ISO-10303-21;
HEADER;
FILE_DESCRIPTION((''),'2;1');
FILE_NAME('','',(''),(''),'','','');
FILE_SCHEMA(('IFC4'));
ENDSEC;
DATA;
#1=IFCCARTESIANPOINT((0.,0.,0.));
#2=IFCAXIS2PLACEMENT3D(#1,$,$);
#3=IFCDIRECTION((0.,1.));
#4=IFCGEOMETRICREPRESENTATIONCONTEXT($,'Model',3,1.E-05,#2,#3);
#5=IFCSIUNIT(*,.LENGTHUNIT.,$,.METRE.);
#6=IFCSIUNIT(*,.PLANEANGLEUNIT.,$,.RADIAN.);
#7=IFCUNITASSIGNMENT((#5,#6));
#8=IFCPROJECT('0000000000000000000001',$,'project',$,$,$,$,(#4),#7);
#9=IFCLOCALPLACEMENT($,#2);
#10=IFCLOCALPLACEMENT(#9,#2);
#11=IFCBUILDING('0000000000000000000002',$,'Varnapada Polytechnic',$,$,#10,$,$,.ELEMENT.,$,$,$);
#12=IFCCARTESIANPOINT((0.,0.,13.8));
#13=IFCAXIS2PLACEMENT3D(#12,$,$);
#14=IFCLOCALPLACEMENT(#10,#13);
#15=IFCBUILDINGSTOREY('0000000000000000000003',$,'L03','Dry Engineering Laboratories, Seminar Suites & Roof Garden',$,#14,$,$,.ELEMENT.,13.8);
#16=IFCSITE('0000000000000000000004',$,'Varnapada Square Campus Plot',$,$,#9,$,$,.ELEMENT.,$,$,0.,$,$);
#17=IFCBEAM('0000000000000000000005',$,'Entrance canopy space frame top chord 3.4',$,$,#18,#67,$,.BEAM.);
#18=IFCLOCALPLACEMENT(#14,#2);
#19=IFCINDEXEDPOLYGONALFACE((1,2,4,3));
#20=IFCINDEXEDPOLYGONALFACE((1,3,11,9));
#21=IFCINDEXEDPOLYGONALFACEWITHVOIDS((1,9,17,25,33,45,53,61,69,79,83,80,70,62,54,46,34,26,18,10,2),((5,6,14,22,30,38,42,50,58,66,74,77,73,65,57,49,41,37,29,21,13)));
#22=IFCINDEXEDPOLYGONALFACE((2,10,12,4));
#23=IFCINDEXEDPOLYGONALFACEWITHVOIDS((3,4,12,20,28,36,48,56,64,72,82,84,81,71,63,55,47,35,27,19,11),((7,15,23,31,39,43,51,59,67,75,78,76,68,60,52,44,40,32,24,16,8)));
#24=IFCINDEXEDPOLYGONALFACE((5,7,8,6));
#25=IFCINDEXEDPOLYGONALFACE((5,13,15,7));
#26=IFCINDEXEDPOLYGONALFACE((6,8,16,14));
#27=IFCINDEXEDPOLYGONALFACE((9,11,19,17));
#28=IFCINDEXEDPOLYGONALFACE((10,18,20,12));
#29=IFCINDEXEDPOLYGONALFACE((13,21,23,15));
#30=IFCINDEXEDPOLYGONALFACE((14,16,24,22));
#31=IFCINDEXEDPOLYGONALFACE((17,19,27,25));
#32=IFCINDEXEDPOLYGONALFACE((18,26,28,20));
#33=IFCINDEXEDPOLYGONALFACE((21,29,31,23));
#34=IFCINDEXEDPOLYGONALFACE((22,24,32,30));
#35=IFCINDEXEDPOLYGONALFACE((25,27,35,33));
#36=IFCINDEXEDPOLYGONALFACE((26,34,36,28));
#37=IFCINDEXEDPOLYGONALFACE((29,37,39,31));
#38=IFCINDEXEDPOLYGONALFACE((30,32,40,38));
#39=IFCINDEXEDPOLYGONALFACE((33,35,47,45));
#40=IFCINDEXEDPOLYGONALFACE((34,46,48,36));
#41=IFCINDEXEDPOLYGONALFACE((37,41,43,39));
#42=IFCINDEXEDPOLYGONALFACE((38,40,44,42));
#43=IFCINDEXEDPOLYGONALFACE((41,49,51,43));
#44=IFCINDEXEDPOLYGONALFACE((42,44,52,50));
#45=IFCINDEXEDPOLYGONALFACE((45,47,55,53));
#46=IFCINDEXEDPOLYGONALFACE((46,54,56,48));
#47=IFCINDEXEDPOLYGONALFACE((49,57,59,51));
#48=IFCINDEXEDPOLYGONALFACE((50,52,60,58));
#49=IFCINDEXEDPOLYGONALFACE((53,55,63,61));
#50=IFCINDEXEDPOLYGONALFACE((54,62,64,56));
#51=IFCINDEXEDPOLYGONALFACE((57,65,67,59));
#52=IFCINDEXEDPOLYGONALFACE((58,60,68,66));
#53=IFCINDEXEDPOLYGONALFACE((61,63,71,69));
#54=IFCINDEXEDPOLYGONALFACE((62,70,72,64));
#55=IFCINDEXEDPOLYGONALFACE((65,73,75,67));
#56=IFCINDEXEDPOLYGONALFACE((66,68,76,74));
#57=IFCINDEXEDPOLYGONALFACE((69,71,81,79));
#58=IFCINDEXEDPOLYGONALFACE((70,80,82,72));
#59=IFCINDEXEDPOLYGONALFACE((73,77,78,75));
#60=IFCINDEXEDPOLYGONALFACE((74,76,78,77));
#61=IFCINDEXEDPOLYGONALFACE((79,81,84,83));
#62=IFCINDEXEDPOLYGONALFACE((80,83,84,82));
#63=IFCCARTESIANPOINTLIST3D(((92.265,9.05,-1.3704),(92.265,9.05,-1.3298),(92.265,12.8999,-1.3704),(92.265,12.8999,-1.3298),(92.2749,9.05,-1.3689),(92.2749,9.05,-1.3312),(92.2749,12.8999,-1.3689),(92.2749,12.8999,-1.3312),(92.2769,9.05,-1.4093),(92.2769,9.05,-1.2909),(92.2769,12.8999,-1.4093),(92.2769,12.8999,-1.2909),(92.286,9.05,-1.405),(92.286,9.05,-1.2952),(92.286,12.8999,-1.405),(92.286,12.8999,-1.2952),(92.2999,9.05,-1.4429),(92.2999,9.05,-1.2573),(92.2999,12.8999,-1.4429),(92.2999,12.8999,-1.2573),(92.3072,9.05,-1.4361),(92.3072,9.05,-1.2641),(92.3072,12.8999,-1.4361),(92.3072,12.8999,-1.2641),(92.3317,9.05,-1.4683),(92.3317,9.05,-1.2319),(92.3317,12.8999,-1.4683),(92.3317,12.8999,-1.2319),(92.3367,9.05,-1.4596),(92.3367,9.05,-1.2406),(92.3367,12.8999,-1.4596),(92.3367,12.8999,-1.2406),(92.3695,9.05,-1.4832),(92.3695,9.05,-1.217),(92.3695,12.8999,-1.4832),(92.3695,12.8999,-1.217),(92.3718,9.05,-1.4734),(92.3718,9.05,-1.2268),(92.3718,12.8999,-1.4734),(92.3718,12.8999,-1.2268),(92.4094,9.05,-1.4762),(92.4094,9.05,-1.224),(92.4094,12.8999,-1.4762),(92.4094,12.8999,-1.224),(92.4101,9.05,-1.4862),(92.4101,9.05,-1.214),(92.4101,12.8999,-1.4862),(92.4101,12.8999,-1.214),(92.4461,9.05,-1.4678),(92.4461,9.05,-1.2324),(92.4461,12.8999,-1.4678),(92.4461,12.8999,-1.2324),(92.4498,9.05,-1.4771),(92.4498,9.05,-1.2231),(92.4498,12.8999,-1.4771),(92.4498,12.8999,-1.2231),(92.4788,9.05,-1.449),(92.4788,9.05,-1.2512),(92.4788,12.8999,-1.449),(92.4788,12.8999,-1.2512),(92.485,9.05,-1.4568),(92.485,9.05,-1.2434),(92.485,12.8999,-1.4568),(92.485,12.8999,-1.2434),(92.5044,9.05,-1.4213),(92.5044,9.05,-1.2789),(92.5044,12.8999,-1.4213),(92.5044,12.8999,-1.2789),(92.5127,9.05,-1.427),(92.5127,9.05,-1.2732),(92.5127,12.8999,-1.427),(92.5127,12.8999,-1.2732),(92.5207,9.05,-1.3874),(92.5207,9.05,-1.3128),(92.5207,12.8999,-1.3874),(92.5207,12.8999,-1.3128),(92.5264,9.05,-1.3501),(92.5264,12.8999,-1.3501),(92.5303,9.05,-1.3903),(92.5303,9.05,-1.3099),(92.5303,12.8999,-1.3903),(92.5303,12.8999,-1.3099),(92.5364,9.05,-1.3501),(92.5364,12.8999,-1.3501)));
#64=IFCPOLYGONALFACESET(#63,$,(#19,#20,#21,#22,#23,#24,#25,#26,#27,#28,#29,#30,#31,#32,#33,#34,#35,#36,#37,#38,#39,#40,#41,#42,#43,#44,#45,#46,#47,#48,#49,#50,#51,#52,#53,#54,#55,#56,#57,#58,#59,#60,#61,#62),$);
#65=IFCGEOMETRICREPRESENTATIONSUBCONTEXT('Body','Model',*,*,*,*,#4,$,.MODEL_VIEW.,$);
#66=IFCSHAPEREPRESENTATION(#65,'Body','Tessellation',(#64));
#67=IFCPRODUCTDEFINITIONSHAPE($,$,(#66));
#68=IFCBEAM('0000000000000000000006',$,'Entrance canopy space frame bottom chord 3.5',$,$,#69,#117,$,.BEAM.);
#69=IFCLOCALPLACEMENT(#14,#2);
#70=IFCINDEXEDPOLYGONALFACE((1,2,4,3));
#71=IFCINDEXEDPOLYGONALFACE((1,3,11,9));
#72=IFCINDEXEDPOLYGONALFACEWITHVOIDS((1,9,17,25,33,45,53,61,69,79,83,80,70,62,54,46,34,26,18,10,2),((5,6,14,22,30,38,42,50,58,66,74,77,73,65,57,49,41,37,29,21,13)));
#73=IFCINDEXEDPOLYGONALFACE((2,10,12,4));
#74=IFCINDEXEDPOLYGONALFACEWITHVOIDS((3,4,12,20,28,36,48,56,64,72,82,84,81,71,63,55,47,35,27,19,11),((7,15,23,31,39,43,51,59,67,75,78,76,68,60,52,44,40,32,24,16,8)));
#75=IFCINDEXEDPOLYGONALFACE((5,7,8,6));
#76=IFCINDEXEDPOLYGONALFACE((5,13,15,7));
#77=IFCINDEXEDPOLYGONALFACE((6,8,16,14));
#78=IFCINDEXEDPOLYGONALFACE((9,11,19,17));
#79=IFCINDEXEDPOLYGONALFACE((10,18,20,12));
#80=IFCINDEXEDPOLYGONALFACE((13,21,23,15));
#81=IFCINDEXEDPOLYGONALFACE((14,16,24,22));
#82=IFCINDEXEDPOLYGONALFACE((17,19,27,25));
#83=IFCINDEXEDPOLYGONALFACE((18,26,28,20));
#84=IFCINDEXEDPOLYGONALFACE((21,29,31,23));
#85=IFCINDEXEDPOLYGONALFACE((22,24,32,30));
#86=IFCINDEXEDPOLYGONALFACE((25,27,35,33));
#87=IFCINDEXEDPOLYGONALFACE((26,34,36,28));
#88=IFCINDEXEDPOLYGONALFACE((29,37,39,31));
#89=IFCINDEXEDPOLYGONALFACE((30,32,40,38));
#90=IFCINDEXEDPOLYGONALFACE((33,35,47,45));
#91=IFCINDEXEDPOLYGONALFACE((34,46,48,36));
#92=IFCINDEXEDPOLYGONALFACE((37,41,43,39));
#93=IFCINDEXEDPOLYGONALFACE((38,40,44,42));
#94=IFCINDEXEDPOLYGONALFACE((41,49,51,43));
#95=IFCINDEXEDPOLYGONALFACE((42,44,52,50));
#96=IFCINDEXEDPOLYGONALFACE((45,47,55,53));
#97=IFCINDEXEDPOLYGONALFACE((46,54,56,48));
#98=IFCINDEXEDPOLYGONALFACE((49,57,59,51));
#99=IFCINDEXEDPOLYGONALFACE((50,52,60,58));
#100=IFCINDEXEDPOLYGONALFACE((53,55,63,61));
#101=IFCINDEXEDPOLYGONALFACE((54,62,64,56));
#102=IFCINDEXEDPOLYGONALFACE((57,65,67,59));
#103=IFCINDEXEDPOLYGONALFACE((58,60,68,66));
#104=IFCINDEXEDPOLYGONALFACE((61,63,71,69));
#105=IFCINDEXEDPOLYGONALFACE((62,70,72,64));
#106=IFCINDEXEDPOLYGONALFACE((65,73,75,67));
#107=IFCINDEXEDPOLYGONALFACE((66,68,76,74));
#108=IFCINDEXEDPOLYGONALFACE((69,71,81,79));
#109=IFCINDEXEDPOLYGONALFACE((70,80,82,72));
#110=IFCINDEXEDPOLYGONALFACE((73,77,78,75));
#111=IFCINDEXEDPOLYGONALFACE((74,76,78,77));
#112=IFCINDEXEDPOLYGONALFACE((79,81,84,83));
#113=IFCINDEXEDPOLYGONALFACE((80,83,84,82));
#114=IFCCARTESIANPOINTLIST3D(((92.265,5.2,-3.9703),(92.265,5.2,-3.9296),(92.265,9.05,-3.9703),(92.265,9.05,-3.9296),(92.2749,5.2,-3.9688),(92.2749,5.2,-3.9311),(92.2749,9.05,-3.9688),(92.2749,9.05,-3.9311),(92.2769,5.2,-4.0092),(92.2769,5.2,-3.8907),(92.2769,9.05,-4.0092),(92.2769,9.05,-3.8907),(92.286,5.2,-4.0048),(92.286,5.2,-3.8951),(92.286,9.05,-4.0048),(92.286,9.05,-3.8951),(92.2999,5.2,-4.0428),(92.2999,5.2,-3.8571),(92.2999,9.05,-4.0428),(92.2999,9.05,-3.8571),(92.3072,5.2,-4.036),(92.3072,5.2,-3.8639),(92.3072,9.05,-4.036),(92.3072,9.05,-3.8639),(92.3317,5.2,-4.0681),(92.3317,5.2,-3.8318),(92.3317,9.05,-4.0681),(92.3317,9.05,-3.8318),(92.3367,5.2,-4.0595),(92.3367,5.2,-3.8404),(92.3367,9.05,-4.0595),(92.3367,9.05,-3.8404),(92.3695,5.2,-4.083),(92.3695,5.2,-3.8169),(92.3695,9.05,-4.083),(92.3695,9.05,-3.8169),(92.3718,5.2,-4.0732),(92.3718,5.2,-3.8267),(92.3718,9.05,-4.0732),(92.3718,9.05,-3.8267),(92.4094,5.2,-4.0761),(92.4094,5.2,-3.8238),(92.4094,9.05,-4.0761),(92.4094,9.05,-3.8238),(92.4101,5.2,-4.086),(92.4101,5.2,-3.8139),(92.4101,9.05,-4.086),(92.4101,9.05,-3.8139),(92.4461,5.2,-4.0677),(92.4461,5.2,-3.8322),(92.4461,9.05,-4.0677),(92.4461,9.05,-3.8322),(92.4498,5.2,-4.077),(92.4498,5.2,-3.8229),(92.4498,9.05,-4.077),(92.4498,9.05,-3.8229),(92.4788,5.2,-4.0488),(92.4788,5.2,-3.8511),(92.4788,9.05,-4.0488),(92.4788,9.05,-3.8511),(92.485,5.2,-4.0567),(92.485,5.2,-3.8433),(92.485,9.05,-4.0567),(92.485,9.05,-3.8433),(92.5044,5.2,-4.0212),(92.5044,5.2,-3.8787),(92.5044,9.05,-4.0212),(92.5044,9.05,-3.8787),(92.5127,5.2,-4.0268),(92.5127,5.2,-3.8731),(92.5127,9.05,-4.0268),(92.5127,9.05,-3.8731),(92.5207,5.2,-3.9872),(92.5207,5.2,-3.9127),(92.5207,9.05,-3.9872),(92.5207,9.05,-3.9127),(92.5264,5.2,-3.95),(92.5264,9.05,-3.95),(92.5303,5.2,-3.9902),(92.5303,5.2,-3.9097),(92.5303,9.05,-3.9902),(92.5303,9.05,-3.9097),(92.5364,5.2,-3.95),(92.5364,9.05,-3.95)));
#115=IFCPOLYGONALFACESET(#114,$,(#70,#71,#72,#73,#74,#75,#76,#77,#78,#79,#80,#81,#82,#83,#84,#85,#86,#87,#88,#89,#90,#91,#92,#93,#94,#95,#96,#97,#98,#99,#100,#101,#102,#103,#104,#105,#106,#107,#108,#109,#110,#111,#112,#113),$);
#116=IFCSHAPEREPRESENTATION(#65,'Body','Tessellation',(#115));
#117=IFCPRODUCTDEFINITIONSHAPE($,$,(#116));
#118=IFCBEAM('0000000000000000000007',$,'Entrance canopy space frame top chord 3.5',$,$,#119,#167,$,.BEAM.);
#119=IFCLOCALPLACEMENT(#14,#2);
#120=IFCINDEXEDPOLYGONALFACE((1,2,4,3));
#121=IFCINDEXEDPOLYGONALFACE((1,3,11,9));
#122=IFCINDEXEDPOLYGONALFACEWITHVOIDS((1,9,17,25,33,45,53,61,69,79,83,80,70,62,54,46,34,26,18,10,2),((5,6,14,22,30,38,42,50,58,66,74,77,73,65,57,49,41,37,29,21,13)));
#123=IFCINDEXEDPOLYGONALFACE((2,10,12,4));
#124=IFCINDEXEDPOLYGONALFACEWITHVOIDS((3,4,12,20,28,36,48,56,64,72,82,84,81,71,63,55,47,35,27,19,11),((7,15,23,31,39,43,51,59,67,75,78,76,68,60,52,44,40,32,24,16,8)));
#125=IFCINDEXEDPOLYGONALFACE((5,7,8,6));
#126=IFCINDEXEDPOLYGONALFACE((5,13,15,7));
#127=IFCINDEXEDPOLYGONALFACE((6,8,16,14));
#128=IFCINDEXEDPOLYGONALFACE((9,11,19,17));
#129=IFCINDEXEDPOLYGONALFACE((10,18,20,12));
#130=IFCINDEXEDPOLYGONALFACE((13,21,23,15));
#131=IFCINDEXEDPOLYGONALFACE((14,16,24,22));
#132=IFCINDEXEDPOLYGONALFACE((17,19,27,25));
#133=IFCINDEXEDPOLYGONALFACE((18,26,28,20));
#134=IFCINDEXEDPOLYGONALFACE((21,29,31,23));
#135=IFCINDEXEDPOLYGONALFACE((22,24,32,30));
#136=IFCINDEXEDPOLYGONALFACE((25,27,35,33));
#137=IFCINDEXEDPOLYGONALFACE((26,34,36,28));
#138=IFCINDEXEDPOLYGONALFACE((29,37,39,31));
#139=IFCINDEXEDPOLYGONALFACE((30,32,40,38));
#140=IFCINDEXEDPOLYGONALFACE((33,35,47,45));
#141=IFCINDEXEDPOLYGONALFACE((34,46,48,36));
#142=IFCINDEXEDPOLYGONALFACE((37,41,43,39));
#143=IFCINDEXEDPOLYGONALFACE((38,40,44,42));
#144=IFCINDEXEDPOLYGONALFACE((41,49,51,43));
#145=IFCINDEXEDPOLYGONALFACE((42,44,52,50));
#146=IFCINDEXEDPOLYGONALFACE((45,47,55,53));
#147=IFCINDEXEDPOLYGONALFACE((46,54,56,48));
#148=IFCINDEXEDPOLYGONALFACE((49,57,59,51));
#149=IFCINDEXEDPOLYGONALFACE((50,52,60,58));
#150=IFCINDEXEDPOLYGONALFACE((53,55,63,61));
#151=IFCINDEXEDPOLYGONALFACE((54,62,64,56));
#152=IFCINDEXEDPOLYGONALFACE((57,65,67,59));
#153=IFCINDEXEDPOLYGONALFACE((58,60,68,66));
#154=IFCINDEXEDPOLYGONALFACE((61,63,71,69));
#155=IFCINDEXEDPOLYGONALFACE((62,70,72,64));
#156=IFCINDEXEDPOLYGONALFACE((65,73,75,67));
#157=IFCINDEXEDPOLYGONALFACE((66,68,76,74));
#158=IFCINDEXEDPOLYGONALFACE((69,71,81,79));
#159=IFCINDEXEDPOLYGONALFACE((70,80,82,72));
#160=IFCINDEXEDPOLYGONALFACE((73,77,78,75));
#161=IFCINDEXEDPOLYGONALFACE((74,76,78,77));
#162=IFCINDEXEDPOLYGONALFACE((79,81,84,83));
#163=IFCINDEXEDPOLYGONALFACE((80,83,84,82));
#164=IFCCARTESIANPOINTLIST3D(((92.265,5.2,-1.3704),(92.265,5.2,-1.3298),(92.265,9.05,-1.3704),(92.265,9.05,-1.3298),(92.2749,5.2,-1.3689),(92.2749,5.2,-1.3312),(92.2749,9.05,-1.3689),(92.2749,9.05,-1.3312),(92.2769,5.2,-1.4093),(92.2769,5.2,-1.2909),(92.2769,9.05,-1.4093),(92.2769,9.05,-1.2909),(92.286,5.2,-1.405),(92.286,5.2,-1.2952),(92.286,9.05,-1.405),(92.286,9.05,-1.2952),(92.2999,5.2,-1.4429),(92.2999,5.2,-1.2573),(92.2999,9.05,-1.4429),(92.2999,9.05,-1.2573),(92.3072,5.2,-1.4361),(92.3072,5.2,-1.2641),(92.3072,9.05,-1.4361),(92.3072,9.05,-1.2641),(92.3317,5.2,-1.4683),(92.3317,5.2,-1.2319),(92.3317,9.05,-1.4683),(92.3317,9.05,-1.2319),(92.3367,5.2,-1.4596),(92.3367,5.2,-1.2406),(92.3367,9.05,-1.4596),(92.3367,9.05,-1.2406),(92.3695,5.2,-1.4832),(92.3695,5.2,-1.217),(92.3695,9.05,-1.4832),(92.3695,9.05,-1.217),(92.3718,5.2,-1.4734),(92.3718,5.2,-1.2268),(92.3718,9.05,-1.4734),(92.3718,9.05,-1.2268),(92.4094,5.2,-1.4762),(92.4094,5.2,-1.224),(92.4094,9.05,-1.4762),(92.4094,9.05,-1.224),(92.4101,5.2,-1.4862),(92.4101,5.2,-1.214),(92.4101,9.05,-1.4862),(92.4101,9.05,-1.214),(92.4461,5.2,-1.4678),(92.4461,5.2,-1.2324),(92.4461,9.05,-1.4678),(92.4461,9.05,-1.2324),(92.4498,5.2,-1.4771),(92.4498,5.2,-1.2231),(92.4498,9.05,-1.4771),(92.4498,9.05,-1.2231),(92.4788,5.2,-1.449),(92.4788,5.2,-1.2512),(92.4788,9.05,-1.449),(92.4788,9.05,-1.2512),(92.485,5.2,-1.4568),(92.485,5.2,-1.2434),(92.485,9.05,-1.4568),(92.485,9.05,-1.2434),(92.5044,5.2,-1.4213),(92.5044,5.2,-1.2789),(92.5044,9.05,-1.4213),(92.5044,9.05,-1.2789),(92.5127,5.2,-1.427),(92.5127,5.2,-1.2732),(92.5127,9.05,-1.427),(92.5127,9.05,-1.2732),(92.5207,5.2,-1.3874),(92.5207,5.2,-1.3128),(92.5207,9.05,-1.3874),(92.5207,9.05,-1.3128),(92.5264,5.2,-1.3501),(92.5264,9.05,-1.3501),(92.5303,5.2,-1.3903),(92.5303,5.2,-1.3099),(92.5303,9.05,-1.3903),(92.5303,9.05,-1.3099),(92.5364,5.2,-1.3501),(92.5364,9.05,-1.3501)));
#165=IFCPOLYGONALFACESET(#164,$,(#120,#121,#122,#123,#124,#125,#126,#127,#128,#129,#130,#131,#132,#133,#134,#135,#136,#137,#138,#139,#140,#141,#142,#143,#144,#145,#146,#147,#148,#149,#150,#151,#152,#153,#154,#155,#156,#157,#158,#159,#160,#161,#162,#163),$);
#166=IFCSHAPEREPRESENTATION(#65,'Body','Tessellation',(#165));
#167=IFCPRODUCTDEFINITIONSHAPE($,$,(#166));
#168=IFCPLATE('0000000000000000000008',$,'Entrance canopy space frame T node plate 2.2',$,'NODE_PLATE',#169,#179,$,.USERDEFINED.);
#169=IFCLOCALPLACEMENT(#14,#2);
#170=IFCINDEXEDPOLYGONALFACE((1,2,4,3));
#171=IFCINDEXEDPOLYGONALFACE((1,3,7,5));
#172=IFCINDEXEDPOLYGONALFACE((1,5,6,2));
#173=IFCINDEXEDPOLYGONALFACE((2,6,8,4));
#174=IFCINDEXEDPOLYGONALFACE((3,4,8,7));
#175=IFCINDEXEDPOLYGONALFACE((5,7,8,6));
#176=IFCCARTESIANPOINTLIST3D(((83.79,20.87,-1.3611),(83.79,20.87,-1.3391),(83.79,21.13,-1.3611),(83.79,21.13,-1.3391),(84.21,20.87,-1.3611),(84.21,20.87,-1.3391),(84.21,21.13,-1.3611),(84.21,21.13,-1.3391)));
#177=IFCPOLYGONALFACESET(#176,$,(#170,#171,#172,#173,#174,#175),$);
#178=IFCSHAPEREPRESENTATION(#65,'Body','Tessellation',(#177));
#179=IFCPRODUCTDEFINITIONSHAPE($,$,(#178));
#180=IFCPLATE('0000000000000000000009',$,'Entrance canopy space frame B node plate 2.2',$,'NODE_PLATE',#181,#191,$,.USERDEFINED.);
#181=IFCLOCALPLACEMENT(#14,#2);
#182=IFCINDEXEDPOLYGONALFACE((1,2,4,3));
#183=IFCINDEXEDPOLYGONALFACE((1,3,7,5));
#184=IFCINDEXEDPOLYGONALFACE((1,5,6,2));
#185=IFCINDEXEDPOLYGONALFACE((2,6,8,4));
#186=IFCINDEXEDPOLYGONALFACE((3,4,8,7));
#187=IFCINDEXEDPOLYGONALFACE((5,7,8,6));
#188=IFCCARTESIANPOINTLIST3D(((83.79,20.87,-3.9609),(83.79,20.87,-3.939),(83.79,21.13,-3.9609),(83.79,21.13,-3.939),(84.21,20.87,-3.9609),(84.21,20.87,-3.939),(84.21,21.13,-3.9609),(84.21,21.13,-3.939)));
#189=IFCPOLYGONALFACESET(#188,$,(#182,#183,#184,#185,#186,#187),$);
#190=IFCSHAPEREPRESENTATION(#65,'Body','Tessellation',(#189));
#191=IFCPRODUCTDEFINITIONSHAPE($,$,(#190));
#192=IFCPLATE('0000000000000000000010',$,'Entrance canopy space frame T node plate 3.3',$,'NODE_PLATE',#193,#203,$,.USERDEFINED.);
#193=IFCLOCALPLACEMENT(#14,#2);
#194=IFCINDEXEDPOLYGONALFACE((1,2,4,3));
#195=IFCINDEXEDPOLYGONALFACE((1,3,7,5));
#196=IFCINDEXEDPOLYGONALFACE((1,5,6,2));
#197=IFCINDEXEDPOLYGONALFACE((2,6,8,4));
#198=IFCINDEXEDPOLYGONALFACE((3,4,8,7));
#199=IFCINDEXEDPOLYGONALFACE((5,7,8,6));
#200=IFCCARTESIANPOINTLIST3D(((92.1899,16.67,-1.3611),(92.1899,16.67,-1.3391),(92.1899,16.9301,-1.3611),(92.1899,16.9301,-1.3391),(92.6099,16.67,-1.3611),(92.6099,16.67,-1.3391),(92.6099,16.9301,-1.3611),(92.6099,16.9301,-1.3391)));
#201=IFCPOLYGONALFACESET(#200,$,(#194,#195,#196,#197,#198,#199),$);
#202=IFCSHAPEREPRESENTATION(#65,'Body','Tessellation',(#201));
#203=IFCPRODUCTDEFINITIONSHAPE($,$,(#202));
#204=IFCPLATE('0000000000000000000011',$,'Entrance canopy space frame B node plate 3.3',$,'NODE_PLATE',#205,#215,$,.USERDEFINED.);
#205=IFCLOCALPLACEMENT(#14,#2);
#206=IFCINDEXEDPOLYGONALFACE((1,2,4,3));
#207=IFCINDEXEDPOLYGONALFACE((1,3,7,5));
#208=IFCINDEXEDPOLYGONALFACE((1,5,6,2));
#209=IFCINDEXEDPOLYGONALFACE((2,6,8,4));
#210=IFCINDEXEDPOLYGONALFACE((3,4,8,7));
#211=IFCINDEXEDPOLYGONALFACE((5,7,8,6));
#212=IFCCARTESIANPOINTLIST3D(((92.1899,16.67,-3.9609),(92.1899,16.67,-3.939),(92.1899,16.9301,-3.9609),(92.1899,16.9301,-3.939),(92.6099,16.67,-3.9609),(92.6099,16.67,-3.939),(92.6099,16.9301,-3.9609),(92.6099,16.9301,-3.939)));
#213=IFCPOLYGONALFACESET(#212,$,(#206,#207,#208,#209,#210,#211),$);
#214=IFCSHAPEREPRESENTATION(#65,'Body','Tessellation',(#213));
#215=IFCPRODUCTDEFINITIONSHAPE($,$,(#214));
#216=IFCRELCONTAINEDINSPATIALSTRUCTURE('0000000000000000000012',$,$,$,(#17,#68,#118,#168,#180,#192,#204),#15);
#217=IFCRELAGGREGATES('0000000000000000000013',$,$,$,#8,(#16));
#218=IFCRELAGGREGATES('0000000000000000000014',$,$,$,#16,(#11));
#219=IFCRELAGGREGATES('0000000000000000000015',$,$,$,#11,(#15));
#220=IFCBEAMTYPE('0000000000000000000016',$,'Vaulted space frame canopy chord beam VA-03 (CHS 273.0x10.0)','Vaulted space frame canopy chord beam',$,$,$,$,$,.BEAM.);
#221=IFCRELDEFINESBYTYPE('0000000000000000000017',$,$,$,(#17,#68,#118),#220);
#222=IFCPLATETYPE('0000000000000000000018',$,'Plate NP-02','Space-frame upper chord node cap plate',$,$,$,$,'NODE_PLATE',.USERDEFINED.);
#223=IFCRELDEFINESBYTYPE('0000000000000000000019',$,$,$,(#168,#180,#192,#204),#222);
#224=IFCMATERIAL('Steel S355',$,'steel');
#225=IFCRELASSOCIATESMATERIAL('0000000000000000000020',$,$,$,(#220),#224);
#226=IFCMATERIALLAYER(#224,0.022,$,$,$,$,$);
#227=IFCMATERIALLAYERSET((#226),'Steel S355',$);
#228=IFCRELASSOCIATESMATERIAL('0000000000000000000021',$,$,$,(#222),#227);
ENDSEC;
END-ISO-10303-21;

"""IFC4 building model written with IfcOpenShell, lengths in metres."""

from ifc_helpers import new_model, si_unit, direction, frame, origin, origin_2d, place, context, subcontext, project, spatial, rectangle, hollow_circle, extrude, material, layer, layer_set, material_profile, profile_set, type_object, element, save


model = new_model("IFC4")

# Units and contexts
model_context = context("Model", 3, precision=1e-05, world=origin(), true_north=direction((0.0, 1.0)))
body_context = subcontext(model_context, "Body", "Model", "MODEL_VIEW")
ifc_project = project(units=[si_unit("LENGTHUNIT", "METRE"), si_unit("PLANEANGLEUNIT", "RADIAN")], contexts=[model_context])

# Site, building, storey
site_placement = place(None, origin())
site = spatial("IfcSite", under=ifc_project, at=site_placement, Name="Varnapada Square Campus Plot", CompositionType="ELEMENT", RefElevation=0.0)
building_placement = place(site_placement, origin())
building = spatial("IfcBuilding", under=site, at=building_placement, Name="Varnapada Polytechnic", CompositionType="ELEMENT")
storey_placement = place(building_placement, frame((0.0, 0.0, 13.8)))
storey = spatial("IfcBuildingStorey", under=building, at=storey_placement, Name="L03", Description="Dry Engineering Laboratories, Seminar Suites & Roof Garden", CompositionType="ELEMENT", Elevation=13.8)

# Shared definitions
ifc_material = material(Name="Steel S355", Category="steel")

# Beams
ifc_material_profile_1 = material_profile(ifc_material, hollow_circle(Radius=0.1365, WallThickness=0.01, at=origin_2d()), Name="CHS 273.0x10.0")
ifc_profile_set_1 = profile_set([ifc_material_profile_1], Name="Steel S355")
beam_type = type_object("IfcBeamType", Name="Vaulted space frame canopy chord beam VA-03 (CHS 273.0x10.0)", Description="Vaulted space frame canopy chord beam", PredefinedType="BEAM", material=ifc_profile_set_1)
for number, where, z_axis, x_axis, name in (
    (1, (92.3999, 12.8999, -1.3501), (0.0, -1.0, 0.0), (1.0, 0.0, 0.0), "Entrance canopy space frame top chord 3.4"),
):
    element("IfcBeam", number, at=place(storey_placement, frame(where, z_axis=z_axis, x_axis=x_axis)), inside=storey, type_object=beam_type, Name=name, PredefinedType="BEAM", context=body_context, shape_type="SweptSolid", body=[
        extrude(hollow_circle(Radius=0.1365, WallThickness=0.01, at=origin_2d()), origin(), (0.0, 0.0, 1.0), 3.8499),
    ])
for number, where, z_axis, x_axis, name in (
    (2, (92.3999, 9.05, -3.95), (0.0, -1.0, 0.0), (1.0, 0.0, 0.0), "Entrance canopy space frame bottom chord 3.5"),
    (3, (92.3999, 9.05, -1.3501), (0.0, -1.0, 0.0), (1.0, 0.0, 0.0), "Entrance canopy space frame top chord 3.5"),
):
    element("IfcBeam", number, at=place(storey_placement, frame(where, z_axis=z_axis, x_axis=x_axis)), inside=storey, type_object=beam_type, Name=name, PredefinedType="BEAM", context=body_context, shape_type="SweptSolid", body=[
        extrude(hollow_circle(Radius=0.1365, WallThickness=0.01, at=origin_2d()), origin(), (0.0, 0.0, 1.0), 3.8501),
    ])

# Plates
ifc_layer_1 = layer(ifc_material, 0.022)
ifc_layer_set_1 = layer_set([ifc_layer_1], Name="Steel S355")
plate_type_1 = type_object("IfcPlateType", Name="Plate NP-02", Description="Space-frame upper chord node cap plate", ElementType="NODE_PLATE", PredefinedType="USERDEFINED", material=ifc_layer_set_1)
for number, where, z_axis, x_axis, name in (
    (4, (84.0, 21.0, -1.3611), (0.0, 0.0, 1.0), (1.0, 0.0, 0.0), "Entrance canopy space frame T node plate 2.2"),
    (5, (84.0, 21.0, -3.9609), (0.0, 0.0, 1.0), (1.0, 0.0, 0.0), "Entrance canopy space frame B node plate 2.2"),
    (6, (92.3999, 16.8, -1.3611), (0.0, 0.0, 1.0), (1.0, 0.0, 0.0), "Entrance canopy space frame T node plate 3.3"),
    (7, (92.3999, 16.8, -3.9609), (0.0, 0.0, 1.0), (1.0, 0.0, 0.0), "Entrance canopy space frame B node plate 3.3"),
):
    element("IfcPlate", number, at=place(storey_placement, frame(where, z_axis=z_axis, x_axis=x_axis)), inside=storey, type_object=plate_type_1, Name=name, ObjectType="NODE_PLATE", PredefinedType="USERDEFINED", context=body_context, shape_type="SweptSolid", body=[
        extrude(rectangle(XDim=0.4199, YDim=0.26, at=origin_2d()), origin(), (0.0, 0.0, 1.0), 0.022),
    ])

save(model, "model.ifc")
